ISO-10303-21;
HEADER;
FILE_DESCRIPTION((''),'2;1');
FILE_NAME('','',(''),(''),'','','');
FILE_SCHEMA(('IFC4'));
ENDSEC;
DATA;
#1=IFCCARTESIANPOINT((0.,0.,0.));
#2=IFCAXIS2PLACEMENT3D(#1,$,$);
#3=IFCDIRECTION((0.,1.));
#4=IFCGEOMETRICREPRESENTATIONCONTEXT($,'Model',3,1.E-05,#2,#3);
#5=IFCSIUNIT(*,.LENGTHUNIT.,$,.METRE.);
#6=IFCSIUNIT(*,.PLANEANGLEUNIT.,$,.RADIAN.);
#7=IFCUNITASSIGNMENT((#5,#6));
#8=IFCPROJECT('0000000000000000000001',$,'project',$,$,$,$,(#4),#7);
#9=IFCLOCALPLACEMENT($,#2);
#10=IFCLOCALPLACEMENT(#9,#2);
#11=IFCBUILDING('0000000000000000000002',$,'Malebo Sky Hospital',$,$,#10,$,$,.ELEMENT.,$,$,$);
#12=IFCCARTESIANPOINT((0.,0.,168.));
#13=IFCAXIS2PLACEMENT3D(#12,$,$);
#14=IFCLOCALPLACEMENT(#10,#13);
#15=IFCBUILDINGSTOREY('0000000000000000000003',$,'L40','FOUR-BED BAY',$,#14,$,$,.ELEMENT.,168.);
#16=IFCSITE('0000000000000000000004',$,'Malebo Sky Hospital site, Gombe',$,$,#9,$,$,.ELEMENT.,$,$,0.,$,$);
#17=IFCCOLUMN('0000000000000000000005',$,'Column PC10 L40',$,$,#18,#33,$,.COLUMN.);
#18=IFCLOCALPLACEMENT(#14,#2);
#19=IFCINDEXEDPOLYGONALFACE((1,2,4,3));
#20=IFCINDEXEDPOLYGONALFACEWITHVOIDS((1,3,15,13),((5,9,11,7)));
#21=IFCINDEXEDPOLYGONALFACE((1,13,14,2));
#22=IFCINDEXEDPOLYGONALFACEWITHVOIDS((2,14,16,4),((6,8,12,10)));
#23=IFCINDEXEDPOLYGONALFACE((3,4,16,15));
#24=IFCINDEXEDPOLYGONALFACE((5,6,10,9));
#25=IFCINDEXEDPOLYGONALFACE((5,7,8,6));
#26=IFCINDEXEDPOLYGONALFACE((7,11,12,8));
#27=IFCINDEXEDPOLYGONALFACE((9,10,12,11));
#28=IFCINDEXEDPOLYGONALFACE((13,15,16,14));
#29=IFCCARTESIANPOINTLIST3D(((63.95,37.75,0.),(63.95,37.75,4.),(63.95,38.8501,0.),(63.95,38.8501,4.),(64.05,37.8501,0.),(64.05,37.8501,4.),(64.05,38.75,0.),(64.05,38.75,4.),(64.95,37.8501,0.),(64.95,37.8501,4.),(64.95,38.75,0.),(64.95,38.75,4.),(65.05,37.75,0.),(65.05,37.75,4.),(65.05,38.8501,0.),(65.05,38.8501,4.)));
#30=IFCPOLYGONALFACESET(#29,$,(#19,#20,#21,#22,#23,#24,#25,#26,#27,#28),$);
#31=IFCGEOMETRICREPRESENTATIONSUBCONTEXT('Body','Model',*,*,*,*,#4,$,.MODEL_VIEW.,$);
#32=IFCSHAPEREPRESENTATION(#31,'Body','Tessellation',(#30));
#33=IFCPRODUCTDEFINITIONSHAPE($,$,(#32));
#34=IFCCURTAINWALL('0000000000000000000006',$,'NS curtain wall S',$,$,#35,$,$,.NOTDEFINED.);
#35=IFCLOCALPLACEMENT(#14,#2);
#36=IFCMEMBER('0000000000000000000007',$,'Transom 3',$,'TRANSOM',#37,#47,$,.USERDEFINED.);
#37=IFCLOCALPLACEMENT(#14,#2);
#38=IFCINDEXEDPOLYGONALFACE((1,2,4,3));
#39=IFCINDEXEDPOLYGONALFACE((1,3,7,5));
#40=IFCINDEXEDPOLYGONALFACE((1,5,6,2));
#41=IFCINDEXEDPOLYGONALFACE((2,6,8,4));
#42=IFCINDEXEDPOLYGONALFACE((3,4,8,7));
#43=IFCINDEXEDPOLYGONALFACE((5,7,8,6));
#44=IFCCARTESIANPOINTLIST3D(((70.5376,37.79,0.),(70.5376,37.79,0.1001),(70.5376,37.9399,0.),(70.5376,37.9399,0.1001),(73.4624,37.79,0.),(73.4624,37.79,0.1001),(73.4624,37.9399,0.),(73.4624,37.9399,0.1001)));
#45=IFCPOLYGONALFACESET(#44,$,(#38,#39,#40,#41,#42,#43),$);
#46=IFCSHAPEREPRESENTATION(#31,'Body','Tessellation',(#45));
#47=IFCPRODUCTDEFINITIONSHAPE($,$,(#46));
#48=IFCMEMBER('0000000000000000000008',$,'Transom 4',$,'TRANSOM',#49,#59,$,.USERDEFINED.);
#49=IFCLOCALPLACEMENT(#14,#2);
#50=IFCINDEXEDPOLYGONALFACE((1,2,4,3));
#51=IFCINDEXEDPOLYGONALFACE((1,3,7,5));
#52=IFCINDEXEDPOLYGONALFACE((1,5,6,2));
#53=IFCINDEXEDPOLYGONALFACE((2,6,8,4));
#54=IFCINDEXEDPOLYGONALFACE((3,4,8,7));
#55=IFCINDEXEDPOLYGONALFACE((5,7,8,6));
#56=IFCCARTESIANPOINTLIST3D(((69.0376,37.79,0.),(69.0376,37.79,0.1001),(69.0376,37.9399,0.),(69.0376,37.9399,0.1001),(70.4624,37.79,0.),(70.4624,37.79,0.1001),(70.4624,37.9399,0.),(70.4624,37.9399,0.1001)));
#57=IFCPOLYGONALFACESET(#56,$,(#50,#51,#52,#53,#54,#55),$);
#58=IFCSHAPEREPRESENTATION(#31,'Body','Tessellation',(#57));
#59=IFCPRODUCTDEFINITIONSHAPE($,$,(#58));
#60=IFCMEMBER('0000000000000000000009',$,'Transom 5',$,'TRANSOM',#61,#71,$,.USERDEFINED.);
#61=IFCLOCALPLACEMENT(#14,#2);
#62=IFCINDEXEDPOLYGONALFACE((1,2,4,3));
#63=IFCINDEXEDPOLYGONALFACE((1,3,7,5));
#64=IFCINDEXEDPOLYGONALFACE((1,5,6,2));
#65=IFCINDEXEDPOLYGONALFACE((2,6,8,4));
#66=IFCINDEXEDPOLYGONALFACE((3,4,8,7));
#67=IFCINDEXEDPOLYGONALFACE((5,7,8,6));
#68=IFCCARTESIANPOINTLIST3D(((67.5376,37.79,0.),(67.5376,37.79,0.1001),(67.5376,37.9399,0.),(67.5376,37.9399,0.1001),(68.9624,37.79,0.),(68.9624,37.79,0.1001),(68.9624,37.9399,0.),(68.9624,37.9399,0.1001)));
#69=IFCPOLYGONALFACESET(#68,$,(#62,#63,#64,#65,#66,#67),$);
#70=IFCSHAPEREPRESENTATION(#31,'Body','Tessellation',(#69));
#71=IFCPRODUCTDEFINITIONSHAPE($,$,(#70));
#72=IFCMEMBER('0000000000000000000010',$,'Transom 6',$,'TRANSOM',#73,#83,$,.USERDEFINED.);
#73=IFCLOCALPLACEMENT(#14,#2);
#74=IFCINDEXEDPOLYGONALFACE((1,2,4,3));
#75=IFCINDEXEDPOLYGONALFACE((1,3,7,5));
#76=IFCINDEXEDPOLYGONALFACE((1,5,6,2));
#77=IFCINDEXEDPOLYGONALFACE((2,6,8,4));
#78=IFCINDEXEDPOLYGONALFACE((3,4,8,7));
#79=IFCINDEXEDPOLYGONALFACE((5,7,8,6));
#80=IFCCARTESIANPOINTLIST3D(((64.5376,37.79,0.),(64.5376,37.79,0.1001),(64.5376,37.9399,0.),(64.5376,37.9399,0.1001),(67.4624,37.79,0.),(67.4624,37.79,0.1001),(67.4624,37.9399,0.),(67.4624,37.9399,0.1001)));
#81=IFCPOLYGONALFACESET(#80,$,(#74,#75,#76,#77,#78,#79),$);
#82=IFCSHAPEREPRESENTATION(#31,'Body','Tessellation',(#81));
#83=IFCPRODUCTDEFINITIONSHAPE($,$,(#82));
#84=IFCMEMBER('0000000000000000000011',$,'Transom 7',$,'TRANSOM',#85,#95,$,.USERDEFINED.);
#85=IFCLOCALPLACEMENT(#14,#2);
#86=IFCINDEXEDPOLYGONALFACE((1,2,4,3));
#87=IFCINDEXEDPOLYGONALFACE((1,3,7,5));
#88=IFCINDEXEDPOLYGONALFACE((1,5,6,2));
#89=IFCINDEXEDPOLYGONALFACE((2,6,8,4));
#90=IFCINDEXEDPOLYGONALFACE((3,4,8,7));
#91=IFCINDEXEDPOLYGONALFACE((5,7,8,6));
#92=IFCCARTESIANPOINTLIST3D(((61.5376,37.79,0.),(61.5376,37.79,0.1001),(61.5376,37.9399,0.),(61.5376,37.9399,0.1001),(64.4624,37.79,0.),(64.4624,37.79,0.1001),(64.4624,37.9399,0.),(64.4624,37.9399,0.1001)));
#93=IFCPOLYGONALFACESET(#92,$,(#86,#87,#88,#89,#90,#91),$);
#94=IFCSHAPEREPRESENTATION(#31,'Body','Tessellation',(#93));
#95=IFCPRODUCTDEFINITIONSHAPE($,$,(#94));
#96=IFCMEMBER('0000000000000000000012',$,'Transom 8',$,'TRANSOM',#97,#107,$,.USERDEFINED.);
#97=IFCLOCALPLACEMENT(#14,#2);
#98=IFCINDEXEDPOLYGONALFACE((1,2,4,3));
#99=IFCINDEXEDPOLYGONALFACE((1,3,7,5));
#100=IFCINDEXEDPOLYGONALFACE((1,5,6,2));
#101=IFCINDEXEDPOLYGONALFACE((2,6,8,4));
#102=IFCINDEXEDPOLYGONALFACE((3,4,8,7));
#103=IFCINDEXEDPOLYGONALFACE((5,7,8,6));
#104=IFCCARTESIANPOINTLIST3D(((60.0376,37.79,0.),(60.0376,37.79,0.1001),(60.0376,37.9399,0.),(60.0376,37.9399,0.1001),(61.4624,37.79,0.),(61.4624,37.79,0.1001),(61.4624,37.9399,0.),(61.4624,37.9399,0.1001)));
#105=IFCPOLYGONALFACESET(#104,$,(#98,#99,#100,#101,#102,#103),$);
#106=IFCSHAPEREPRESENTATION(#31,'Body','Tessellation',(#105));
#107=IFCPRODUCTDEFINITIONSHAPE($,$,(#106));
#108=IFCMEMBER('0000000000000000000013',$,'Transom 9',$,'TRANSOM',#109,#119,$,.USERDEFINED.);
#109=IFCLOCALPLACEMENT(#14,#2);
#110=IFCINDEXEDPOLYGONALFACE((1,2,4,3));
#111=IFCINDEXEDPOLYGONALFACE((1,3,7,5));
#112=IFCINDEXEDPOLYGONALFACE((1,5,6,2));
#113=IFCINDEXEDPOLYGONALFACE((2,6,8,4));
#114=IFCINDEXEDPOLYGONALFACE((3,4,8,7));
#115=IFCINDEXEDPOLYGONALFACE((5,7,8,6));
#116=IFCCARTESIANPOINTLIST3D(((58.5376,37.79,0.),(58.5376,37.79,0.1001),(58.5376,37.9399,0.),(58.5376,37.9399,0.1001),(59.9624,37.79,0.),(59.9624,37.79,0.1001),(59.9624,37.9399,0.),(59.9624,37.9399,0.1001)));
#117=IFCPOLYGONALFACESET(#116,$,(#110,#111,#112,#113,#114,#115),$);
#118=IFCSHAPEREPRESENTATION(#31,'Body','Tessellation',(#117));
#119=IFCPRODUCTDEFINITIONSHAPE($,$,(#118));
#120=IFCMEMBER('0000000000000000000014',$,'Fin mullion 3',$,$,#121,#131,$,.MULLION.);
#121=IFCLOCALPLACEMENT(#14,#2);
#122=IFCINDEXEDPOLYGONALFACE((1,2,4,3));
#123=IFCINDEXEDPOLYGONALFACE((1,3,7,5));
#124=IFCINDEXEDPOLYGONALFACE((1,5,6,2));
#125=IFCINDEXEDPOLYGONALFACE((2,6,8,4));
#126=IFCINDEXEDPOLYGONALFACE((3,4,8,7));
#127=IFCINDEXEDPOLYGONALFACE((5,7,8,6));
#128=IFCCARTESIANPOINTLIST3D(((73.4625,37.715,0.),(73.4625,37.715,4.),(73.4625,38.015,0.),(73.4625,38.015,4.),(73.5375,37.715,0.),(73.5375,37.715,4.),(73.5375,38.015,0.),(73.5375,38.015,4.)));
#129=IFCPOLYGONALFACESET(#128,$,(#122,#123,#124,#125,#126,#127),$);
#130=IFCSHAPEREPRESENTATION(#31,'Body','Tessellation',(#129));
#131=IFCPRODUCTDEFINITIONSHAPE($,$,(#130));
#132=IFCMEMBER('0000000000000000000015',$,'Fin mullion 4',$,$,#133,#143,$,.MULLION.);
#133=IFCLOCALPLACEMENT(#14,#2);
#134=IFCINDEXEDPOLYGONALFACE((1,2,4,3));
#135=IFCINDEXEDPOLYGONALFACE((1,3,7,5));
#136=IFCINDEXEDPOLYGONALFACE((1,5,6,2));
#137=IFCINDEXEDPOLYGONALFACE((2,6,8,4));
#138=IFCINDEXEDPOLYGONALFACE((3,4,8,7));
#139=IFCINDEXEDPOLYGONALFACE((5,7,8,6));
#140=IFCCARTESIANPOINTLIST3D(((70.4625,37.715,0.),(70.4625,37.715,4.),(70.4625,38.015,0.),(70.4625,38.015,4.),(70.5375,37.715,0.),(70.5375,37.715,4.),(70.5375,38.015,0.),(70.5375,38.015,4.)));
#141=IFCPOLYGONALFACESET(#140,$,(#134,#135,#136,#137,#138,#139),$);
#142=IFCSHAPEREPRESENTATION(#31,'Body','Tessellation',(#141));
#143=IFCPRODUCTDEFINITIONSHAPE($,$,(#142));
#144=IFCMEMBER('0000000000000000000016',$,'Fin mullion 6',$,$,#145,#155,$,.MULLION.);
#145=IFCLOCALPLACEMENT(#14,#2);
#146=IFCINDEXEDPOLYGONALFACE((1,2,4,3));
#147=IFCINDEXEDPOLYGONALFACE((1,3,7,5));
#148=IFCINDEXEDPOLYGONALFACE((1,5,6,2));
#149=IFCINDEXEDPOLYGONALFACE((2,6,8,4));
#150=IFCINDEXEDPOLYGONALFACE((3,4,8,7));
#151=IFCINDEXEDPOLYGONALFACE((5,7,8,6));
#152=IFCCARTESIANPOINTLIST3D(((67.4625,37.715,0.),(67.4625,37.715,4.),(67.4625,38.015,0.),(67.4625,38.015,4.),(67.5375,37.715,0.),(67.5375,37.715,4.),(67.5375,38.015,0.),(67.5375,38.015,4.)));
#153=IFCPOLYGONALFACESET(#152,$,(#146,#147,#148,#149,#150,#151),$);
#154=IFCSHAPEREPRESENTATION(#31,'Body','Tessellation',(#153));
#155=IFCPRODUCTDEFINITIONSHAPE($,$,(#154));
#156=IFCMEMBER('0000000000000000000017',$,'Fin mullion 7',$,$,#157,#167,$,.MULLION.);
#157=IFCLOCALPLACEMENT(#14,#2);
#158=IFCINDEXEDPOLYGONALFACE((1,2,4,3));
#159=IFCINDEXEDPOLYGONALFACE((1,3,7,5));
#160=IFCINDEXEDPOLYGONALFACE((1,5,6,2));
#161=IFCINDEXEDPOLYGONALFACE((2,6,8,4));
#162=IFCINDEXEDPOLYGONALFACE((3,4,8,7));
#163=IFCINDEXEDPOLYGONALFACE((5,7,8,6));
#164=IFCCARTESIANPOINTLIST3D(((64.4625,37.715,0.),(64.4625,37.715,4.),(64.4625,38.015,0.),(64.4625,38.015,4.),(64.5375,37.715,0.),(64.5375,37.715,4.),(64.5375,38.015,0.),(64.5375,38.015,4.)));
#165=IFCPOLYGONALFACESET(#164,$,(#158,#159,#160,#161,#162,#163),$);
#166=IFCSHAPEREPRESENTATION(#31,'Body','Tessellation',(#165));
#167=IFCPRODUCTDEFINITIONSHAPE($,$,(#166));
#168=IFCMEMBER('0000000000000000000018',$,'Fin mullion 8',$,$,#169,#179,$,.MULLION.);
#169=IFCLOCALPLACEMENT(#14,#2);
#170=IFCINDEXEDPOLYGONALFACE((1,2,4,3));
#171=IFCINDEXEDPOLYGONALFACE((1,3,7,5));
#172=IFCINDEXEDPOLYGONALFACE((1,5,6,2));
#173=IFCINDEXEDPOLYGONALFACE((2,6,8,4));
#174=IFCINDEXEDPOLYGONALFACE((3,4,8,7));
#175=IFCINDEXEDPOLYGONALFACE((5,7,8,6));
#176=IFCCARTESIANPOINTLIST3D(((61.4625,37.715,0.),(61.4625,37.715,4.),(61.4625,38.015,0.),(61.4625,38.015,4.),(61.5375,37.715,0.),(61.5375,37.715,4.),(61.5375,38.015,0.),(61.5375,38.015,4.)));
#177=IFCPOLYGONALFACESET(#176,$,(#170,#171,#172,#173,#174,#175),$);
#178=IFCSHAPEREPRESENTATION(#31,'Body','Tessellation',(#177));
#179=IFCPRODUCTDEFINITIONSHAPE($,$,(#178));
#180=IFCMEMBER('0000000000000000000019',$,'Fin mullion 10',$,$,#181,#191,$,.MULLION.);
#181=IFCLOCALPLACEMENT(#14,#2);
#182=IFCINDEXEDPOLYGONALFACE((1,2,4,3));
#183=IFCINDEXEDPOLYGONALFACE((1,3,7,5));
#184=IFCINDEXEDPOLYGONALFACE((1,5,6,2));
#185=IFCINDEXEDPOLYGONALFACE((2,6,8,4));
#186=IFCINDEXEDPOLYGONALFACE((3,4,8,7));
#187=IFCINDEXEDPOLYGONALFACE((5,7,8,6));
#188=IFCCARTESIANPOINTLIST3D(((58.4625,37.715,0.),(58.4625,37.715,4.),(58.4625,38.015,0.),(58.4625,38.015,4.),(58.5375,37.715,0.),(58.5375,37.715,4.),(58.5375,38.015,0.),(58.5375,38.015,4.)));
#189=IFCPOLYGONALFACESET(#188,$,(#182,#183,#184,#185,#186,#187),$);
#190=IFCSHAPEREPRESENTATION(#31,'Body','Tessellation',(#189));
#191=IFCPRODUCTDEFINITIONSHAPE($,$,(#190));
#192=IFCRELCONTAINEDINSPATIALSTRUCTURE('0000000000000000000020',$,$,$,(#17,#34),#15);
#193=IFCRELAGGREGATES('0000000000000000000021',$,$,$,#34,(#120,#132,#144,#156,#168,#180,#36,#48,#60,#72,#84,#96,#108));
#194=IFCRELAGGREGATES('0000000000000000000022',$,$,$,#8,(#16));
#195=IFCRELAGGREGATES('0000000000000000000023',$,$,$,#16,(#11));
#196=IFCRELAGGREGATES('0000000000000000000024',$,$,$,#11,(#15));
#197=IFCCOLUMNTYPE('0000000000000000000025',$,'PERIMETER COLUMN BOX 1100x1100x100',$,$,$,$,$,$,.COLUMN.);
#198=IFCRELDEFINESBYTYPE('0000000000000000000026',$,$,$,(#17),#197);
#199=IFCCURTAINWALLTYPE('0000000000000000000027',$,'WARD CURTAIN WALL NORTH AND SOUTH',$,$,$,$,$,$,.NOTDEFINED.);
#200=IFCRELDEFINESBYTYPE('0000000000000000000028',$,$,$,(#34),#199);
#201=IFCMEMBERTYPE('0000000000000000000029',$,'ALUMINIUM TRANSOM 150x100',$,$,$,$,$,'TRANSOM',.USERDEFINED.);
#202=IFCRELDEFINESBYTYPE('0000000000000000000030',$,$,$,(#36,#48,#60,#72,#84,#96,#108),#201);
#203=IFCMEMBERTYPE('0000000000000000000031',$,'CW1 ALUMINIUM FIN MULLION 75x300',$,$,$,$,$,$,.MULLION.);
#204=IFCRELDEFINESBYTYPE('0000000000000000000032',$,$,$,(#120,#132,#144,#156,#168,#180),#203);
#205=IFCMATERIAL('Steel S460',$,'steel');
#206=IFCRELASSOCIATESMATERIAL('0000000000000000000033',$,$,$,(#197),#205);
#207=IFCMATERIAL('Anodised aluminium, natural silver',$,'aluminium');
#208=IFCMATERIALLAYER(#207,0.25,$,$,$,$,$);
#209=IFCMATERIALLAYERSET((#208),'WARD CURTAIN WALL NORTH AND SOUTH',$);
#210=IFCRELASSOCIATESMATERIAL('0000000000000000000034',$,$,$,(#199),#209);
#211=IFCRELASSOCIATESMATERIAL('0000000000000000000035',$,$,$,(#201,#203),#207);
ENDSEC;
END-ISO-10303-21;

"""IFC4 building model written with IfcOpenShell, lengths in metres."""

from ifc_helpers import new_model, si_unit, direction, frame, origin, origin_2d, place, context, subcontext, project, spatial, rectangle, hollow_rectangle, extrude, material, layer, layer_set, material_profile, profile_set, type_object, element, aggregate, save


model = new_model("IFC4")

# Units and contexts
model_context = context("Model", 3, precision=1e-05, world=origin(), true_north=direction((0.0, 1.0)))
body_context = subcontext(model_context, "Body", "Model", "MODEL_VIEW")
ifc_project = project(units=[si_unit("LENGTHUNIT", "METRE"), si_unit("PLANEANGLEUNIT", "RADIAN")], contexts=[model_context])

# Site, building, storey
site_placement = place(None, origin())
site = spatial("IfcSite", under=ifc_project, at=site_placement, Name="Malebo Sky Hospital site, Gombe", CompositionType="ELEMENT", RefElevation=0.0)
building_placement = place(site_placement, origin())
building = spatial("IfcBuilding", under=site, at=building_placement, Name="Malebo Sky Hospital", CompositionType="ELEMENT")
storey_placement = place(building_placement, frame((0.0, 0.0, 168.0)))
storey = spatial("IfcBuildingStorey", under=building, at=storey_placement, Name="L40", Description="FOUR-BED BAY", CompositionType="ELEMENT", Elevation=168.0)

# Column
ifc_material_1 = material(Name="Steel S460", Category="steel")
ifc_material_profile_1 = material_profile(ifc_material_1, hollow_rectangle(XDim=1.1001, YDim=1.1001, WallThickness=0.1001, at=origin_2d()), Name="BOX 1100x1100x100")
ifc_profile_set_1 = profile_set([ifc_material_profile_1], Name="Steel S460")
column_type = type_object("IfcColumnType", Name="PERIMETER COLUMN BOX 1100x1100x100", PredefinedType="COLUMN", material=ifc_profile_set_1)
column_placement = place(storey_placement, frame((64.5, 38.3, 0.0), z_axis=(0.0, 0.0, 1.0), x_axis=(1.0, 0.0, 0.0)))
element("IfcColumn", 1, at=column_placement, inside=storey, type_object=column_type, Name="Column PC10 L40", PredefinedType="COLUMN", context=body_context, shape_type="SweptSolid", body=[
    extrude(hollow_rectangle(XDim=1.1001, YDim=1.1001, WallThickness=0.1001, at=origin_2d()), origin(), (0.0, 0.0, 1.0), 4.0),
])

# Curtain wall, members
ifc_material_2 = material(Name="Anodised aluminium, natural silver", Category="aluminium")
ifc_layer_1 = layer(ifc_material_2, 0.25)
ifc_layer_set_1 = layer_set([ifc_layer_1], Name="WARD CURTAIN WALL NORTH AND SOUTH")
curtain_wall_type = type_object("IfcCurtainWallType", Name="WARD CURTAIN WALL NORTH AND SOUTH", PredefinedType="NOTDEFINED", material=ifc_layer_set_1)
curtain_wall_placement = place(storey_placement, origin())
curtain_wall = element("IfcCurtainWall", 2, at=curtain_wall_placement, inside=storey, type_object=curtain_wall_type, Name="NS curtain wall S", PredefinedType="NOTDEFINED")
ifc_material_profile_2 = material_profile(ifc_material_2, rectangle(XDim=0.1499, YDim=0.1001, at=origin_2d()), Name="ALUMINIUM TRANSOM 150x100")
ifc_profile_set_2 = profile_set([ifc_material_profile_2], Name="Anodised aluminium, natural silver")
member_type_1 = type_object("IfcMemberType", Name="ALUMINIUM TRANSOM 150x100", ElementType="TRANSOM", PredefinedType="USERDEFINED", material=ifc_profile_set_2)
member_1_placement = place(storey_placement, frame((73.4624, 37.865, 0.05), z_axis=(-1.0, 0.0, 0.0), x_axis=(0.0, -1.0, 0.0)))
member_1 = element("IfcMember", 3, at=member_1_placement, type_object=member_type_1, Name="Transom 3", ObjectType="TRANSOM", PredefinedType="USERDEFINED", context=body_context, shape_type="SweptSolid", body=[
    extrude(rectangle(XDim=0.1499, YDim=0.1001, at=origin_2d()), origin(), (0.0, 0.0, 1.0), 2.9248),
])
member_2_placement = place(storey_placement, frame((70.4624, 37.865, 0.05), z_axis=(-1.0, 0.0, 0.0), x_axis=(0.0, -1.0, 0.0)))
member_2 = element("IfcMember", 4, at=member_2_placement, type_object=member_type_1, Name="Transom 4", ObjectType="TRANSOM", PredefinedType="USERDEFINED", context=body_context, shape_type="SweptSolid", body=[
    extrude(rectangle(XDim=0.1499, YDim=0.1001, at=origin_2d()), origin(), (0.0, 0.0, 1.0), 1.4248),
])
member_3_placement = place(storey_placement, frame((68.9624, 37.865, 0.05), z_axis=(-1.0, 0.0, 0.0), x_axis=(0.0, -1.0, 0.0)))
member_3 = element("IfcMember", 5, at=member_3_placement, type_object=member_type_1, Name="Transom 5", ObjectType="TRANSOM", PredefinedType="USERDEFINED", context=body_context, shape_type="SweptSolid", body=[
    extrude(rectangle(XDim=0.1499, YDim=0.1001, at=origin_2d()), origin(), (0.0, 0.0, 1.0), 1.4248),
])
member_4_placement = place(storey_placement, frame((67.4624, 37.865, 0.05), z_axis=(-1.0, 0.0, 0.0), x_axis=(0.0, -1.0, 0.0)))
member_4 = element("IfcMember", 6, at=member_4_placement, type_object=member_type_1, Name="Transom 6", ObjectType="TRANSOM", PredefinedType="USERDEFINED", context=body_context, shape_type="SweptSolid", body=[
    extrude(rectangle(XDim=0.1499, YDim=0.1001, at=origin_2d()), origin(), (0.0, 0.0, 1.0), 2.9248),
])
member_5_placement = place(storey_placement, frame((64.4624, 37.865, 0.05), z_axis=(-1.0, 0.0, 0.0), x_axis=(0.0, -1.0, 0.0)))
member_5 = element("IfcMember", 7, at=member_5_placement, type_object=member_type_1, Name="Transom 7", ObjectType="TRANSOM", PredefinedType="USERDEFINED", context=body_context, shape_type="SweptSolid", body=[
    extrude(rectangle(XDim=0.1499, YDim=0.1001, at=origin_2d()), origin(), (0.0, 0.0, 1.0), 2.9248),
])
member_6_placement = place(storey_placement, frame((61.4624, 37.865, 0.05), z_axis=(-1.0, 0.0, 0.0), x_axis=(0.0, -1.0, 0.0)))
member_6 = element("IfcMember", 8, at=member_6_placement, type_object=member_type_1, Name="Transom 8", ObjectType="TRANSOM", PredefinedType="USERDEFINED", context=body_context, shape_type="SweptSolid", body=[
    extrude(rectangle(XDim=0.1499, YDim=0.1001, at=origin_2d()), origin(), (0.0, 0.0, 1.0), 1.4248),
])
member_7_placement = place(storey_placement, frame((59.9624, 37.865, 0.05), z_axis=(-1.0, 0.0, 0.0), x_axis=(0.0, -1.0, 0.0)))
member_7 = element("IfcMember", 9, at=member_7_placement, type_object=member_type_1, Name="Transom 9", ObjectType="TRANSOM", PredefinedType="USERDEFINED", context=body_context, shape_type="SweptSolid", body=[
    extrude(rectangle(XDim=0.1499, YDim=0.1001, at=origin_2d()), origin(), (0.0, 0.0, 1.0), 1.4248),
])
ifc_material_profile_3 = material_profile(ifc_material_2, rectangle(XDim=0.075, YDim=0.3, at=origin_2d()), Name="CW1 ALUMINIUM FIN MULLION 75x300")
ifc_profile_set_3 = profile_set([ifc_material_profile_3], Name="Anodised aluminium, natural silver")
member_type_2 = type_object("IfcMemberType", Name="CW1 ALUMINIUM FIN MULLION 75x300", PredefinedType="MULLION", material=ifc_profile_set_3)
member_8_placement = place(storey_placement, frame((73.5, 37.865, 0.0), z_axis=(0.0, 0.0, 1.0), x_axis=(-1.0, 0.0, 0.0)))
member_8 = element("IfcMember", 10, at=member_8_placement, type_object=member_type_2, Name="Fin mullion 3", PredefinedType="MULLION", context=body_context, shape_type="SweptSolid", body=[
    extrude(rectangle(XDim=0.075, YDim=0.3, at=origin_2d()), origin(), (0.0, 0.0, 1.0), 4.0),
])
member_9_placement = place(storey_placement, frame((70.5, 37.865, 0.0), z_axis=(0.0, 0.0, 1.0), x_axis=(-1.0, 0.0, 0.0)))
member_9 = element("IfcMember", 11, at=member_9_placement, type_object=member_type_2, Name="Fin mullion 4", PredefinedType="MULLION", context=body_context, shape_type="SweptSolid", body=[
    extrude(rectangle(XDim=0.075, YDim=0.3, at=origin_2d()), origin(), (0.0, 0.0, 1.0), 4.0),
])
member_10_placement = place(storey_placement, frame((67.5, 37.865, 0.0), z_axis=(0.0, 0.0, 1.0), x_axis=(-1.0, 0.0, 0.0)))
member_10 = element("IfcMember", 12, at=member_10_placement, type_object=member_type_2, Name="Fin mullion 6", PredefinedType="MULLION", context=body_context, shape_type="SweptSolid", body=[
    extrude(rectangle(XDim=0.075, YDim=0.3, at=origin_2d()), origin(), (0.0, 0.0, 1.0), 4.0),
])
member_11_placement = place(storey_placement, frame((64.5, 37.865, 0.0), z_axis=(0.0, 0.0, 1.0), x_axis=(-1.0, 0.0, 0.0)))
member_11 = element("IfcMember", 13, at=member_11_placement, type_object=member_type_2, Name="Fin mullion 7", PredefinedType="MULLION", context=body_context, shape_type="SweptSolid", body=[
    extrude(rectangle(XDim=0.075, YDim=0.3, at=origin_2d()), origin(), (0.0, 0.0, 1.0), 4.0),
])
member_12_placement = place(storey_placement, frame((61.5, 37.865, 0.0), z_axis=(0.0, 0.0, 1.0), x_axis=(-1.0, 0.0, 0.0)))
member_12 = element("IfcMember", 14, at=member_12_placement, type_object=member_type_2, Name="Fin mullion 8", PredefinedType="MULLION", context=body_context, shape_type="SweptSolid", body=[
    extrude(rectangle(XDim=0.075, YDim=0.3, at=origin_2d()), origin(), (0.0, 0.0, 1.0), 4.0),
])
member_13_placement = place(storey_placement, frame((58.5, 37.865, 0.0), z_axis=(0.0, 0.0, 1.0), x_axis=(-1.0, 0.0, 0.0)))
member_13 = element("IfcMember", 15, at=member_13_placement, type_object=member_type_2, Name="Fin mullion 10", PredefinedType="MULLION", context=body_context, shape_type="SweptSolid", body=[
    extrude(rectangle(XDim=0.075, YDim=0.3, at=origin_2d()), origin(), (0.0, 0.0, 1.0), 4.0),
])

aggregate(curtain_wall, [member_8, member_9, member_10, member_11, member_12, member_13, member_1, member_2, member_3, member_4, member_5, member_6, member_7])

save(model, "model.ifc")
